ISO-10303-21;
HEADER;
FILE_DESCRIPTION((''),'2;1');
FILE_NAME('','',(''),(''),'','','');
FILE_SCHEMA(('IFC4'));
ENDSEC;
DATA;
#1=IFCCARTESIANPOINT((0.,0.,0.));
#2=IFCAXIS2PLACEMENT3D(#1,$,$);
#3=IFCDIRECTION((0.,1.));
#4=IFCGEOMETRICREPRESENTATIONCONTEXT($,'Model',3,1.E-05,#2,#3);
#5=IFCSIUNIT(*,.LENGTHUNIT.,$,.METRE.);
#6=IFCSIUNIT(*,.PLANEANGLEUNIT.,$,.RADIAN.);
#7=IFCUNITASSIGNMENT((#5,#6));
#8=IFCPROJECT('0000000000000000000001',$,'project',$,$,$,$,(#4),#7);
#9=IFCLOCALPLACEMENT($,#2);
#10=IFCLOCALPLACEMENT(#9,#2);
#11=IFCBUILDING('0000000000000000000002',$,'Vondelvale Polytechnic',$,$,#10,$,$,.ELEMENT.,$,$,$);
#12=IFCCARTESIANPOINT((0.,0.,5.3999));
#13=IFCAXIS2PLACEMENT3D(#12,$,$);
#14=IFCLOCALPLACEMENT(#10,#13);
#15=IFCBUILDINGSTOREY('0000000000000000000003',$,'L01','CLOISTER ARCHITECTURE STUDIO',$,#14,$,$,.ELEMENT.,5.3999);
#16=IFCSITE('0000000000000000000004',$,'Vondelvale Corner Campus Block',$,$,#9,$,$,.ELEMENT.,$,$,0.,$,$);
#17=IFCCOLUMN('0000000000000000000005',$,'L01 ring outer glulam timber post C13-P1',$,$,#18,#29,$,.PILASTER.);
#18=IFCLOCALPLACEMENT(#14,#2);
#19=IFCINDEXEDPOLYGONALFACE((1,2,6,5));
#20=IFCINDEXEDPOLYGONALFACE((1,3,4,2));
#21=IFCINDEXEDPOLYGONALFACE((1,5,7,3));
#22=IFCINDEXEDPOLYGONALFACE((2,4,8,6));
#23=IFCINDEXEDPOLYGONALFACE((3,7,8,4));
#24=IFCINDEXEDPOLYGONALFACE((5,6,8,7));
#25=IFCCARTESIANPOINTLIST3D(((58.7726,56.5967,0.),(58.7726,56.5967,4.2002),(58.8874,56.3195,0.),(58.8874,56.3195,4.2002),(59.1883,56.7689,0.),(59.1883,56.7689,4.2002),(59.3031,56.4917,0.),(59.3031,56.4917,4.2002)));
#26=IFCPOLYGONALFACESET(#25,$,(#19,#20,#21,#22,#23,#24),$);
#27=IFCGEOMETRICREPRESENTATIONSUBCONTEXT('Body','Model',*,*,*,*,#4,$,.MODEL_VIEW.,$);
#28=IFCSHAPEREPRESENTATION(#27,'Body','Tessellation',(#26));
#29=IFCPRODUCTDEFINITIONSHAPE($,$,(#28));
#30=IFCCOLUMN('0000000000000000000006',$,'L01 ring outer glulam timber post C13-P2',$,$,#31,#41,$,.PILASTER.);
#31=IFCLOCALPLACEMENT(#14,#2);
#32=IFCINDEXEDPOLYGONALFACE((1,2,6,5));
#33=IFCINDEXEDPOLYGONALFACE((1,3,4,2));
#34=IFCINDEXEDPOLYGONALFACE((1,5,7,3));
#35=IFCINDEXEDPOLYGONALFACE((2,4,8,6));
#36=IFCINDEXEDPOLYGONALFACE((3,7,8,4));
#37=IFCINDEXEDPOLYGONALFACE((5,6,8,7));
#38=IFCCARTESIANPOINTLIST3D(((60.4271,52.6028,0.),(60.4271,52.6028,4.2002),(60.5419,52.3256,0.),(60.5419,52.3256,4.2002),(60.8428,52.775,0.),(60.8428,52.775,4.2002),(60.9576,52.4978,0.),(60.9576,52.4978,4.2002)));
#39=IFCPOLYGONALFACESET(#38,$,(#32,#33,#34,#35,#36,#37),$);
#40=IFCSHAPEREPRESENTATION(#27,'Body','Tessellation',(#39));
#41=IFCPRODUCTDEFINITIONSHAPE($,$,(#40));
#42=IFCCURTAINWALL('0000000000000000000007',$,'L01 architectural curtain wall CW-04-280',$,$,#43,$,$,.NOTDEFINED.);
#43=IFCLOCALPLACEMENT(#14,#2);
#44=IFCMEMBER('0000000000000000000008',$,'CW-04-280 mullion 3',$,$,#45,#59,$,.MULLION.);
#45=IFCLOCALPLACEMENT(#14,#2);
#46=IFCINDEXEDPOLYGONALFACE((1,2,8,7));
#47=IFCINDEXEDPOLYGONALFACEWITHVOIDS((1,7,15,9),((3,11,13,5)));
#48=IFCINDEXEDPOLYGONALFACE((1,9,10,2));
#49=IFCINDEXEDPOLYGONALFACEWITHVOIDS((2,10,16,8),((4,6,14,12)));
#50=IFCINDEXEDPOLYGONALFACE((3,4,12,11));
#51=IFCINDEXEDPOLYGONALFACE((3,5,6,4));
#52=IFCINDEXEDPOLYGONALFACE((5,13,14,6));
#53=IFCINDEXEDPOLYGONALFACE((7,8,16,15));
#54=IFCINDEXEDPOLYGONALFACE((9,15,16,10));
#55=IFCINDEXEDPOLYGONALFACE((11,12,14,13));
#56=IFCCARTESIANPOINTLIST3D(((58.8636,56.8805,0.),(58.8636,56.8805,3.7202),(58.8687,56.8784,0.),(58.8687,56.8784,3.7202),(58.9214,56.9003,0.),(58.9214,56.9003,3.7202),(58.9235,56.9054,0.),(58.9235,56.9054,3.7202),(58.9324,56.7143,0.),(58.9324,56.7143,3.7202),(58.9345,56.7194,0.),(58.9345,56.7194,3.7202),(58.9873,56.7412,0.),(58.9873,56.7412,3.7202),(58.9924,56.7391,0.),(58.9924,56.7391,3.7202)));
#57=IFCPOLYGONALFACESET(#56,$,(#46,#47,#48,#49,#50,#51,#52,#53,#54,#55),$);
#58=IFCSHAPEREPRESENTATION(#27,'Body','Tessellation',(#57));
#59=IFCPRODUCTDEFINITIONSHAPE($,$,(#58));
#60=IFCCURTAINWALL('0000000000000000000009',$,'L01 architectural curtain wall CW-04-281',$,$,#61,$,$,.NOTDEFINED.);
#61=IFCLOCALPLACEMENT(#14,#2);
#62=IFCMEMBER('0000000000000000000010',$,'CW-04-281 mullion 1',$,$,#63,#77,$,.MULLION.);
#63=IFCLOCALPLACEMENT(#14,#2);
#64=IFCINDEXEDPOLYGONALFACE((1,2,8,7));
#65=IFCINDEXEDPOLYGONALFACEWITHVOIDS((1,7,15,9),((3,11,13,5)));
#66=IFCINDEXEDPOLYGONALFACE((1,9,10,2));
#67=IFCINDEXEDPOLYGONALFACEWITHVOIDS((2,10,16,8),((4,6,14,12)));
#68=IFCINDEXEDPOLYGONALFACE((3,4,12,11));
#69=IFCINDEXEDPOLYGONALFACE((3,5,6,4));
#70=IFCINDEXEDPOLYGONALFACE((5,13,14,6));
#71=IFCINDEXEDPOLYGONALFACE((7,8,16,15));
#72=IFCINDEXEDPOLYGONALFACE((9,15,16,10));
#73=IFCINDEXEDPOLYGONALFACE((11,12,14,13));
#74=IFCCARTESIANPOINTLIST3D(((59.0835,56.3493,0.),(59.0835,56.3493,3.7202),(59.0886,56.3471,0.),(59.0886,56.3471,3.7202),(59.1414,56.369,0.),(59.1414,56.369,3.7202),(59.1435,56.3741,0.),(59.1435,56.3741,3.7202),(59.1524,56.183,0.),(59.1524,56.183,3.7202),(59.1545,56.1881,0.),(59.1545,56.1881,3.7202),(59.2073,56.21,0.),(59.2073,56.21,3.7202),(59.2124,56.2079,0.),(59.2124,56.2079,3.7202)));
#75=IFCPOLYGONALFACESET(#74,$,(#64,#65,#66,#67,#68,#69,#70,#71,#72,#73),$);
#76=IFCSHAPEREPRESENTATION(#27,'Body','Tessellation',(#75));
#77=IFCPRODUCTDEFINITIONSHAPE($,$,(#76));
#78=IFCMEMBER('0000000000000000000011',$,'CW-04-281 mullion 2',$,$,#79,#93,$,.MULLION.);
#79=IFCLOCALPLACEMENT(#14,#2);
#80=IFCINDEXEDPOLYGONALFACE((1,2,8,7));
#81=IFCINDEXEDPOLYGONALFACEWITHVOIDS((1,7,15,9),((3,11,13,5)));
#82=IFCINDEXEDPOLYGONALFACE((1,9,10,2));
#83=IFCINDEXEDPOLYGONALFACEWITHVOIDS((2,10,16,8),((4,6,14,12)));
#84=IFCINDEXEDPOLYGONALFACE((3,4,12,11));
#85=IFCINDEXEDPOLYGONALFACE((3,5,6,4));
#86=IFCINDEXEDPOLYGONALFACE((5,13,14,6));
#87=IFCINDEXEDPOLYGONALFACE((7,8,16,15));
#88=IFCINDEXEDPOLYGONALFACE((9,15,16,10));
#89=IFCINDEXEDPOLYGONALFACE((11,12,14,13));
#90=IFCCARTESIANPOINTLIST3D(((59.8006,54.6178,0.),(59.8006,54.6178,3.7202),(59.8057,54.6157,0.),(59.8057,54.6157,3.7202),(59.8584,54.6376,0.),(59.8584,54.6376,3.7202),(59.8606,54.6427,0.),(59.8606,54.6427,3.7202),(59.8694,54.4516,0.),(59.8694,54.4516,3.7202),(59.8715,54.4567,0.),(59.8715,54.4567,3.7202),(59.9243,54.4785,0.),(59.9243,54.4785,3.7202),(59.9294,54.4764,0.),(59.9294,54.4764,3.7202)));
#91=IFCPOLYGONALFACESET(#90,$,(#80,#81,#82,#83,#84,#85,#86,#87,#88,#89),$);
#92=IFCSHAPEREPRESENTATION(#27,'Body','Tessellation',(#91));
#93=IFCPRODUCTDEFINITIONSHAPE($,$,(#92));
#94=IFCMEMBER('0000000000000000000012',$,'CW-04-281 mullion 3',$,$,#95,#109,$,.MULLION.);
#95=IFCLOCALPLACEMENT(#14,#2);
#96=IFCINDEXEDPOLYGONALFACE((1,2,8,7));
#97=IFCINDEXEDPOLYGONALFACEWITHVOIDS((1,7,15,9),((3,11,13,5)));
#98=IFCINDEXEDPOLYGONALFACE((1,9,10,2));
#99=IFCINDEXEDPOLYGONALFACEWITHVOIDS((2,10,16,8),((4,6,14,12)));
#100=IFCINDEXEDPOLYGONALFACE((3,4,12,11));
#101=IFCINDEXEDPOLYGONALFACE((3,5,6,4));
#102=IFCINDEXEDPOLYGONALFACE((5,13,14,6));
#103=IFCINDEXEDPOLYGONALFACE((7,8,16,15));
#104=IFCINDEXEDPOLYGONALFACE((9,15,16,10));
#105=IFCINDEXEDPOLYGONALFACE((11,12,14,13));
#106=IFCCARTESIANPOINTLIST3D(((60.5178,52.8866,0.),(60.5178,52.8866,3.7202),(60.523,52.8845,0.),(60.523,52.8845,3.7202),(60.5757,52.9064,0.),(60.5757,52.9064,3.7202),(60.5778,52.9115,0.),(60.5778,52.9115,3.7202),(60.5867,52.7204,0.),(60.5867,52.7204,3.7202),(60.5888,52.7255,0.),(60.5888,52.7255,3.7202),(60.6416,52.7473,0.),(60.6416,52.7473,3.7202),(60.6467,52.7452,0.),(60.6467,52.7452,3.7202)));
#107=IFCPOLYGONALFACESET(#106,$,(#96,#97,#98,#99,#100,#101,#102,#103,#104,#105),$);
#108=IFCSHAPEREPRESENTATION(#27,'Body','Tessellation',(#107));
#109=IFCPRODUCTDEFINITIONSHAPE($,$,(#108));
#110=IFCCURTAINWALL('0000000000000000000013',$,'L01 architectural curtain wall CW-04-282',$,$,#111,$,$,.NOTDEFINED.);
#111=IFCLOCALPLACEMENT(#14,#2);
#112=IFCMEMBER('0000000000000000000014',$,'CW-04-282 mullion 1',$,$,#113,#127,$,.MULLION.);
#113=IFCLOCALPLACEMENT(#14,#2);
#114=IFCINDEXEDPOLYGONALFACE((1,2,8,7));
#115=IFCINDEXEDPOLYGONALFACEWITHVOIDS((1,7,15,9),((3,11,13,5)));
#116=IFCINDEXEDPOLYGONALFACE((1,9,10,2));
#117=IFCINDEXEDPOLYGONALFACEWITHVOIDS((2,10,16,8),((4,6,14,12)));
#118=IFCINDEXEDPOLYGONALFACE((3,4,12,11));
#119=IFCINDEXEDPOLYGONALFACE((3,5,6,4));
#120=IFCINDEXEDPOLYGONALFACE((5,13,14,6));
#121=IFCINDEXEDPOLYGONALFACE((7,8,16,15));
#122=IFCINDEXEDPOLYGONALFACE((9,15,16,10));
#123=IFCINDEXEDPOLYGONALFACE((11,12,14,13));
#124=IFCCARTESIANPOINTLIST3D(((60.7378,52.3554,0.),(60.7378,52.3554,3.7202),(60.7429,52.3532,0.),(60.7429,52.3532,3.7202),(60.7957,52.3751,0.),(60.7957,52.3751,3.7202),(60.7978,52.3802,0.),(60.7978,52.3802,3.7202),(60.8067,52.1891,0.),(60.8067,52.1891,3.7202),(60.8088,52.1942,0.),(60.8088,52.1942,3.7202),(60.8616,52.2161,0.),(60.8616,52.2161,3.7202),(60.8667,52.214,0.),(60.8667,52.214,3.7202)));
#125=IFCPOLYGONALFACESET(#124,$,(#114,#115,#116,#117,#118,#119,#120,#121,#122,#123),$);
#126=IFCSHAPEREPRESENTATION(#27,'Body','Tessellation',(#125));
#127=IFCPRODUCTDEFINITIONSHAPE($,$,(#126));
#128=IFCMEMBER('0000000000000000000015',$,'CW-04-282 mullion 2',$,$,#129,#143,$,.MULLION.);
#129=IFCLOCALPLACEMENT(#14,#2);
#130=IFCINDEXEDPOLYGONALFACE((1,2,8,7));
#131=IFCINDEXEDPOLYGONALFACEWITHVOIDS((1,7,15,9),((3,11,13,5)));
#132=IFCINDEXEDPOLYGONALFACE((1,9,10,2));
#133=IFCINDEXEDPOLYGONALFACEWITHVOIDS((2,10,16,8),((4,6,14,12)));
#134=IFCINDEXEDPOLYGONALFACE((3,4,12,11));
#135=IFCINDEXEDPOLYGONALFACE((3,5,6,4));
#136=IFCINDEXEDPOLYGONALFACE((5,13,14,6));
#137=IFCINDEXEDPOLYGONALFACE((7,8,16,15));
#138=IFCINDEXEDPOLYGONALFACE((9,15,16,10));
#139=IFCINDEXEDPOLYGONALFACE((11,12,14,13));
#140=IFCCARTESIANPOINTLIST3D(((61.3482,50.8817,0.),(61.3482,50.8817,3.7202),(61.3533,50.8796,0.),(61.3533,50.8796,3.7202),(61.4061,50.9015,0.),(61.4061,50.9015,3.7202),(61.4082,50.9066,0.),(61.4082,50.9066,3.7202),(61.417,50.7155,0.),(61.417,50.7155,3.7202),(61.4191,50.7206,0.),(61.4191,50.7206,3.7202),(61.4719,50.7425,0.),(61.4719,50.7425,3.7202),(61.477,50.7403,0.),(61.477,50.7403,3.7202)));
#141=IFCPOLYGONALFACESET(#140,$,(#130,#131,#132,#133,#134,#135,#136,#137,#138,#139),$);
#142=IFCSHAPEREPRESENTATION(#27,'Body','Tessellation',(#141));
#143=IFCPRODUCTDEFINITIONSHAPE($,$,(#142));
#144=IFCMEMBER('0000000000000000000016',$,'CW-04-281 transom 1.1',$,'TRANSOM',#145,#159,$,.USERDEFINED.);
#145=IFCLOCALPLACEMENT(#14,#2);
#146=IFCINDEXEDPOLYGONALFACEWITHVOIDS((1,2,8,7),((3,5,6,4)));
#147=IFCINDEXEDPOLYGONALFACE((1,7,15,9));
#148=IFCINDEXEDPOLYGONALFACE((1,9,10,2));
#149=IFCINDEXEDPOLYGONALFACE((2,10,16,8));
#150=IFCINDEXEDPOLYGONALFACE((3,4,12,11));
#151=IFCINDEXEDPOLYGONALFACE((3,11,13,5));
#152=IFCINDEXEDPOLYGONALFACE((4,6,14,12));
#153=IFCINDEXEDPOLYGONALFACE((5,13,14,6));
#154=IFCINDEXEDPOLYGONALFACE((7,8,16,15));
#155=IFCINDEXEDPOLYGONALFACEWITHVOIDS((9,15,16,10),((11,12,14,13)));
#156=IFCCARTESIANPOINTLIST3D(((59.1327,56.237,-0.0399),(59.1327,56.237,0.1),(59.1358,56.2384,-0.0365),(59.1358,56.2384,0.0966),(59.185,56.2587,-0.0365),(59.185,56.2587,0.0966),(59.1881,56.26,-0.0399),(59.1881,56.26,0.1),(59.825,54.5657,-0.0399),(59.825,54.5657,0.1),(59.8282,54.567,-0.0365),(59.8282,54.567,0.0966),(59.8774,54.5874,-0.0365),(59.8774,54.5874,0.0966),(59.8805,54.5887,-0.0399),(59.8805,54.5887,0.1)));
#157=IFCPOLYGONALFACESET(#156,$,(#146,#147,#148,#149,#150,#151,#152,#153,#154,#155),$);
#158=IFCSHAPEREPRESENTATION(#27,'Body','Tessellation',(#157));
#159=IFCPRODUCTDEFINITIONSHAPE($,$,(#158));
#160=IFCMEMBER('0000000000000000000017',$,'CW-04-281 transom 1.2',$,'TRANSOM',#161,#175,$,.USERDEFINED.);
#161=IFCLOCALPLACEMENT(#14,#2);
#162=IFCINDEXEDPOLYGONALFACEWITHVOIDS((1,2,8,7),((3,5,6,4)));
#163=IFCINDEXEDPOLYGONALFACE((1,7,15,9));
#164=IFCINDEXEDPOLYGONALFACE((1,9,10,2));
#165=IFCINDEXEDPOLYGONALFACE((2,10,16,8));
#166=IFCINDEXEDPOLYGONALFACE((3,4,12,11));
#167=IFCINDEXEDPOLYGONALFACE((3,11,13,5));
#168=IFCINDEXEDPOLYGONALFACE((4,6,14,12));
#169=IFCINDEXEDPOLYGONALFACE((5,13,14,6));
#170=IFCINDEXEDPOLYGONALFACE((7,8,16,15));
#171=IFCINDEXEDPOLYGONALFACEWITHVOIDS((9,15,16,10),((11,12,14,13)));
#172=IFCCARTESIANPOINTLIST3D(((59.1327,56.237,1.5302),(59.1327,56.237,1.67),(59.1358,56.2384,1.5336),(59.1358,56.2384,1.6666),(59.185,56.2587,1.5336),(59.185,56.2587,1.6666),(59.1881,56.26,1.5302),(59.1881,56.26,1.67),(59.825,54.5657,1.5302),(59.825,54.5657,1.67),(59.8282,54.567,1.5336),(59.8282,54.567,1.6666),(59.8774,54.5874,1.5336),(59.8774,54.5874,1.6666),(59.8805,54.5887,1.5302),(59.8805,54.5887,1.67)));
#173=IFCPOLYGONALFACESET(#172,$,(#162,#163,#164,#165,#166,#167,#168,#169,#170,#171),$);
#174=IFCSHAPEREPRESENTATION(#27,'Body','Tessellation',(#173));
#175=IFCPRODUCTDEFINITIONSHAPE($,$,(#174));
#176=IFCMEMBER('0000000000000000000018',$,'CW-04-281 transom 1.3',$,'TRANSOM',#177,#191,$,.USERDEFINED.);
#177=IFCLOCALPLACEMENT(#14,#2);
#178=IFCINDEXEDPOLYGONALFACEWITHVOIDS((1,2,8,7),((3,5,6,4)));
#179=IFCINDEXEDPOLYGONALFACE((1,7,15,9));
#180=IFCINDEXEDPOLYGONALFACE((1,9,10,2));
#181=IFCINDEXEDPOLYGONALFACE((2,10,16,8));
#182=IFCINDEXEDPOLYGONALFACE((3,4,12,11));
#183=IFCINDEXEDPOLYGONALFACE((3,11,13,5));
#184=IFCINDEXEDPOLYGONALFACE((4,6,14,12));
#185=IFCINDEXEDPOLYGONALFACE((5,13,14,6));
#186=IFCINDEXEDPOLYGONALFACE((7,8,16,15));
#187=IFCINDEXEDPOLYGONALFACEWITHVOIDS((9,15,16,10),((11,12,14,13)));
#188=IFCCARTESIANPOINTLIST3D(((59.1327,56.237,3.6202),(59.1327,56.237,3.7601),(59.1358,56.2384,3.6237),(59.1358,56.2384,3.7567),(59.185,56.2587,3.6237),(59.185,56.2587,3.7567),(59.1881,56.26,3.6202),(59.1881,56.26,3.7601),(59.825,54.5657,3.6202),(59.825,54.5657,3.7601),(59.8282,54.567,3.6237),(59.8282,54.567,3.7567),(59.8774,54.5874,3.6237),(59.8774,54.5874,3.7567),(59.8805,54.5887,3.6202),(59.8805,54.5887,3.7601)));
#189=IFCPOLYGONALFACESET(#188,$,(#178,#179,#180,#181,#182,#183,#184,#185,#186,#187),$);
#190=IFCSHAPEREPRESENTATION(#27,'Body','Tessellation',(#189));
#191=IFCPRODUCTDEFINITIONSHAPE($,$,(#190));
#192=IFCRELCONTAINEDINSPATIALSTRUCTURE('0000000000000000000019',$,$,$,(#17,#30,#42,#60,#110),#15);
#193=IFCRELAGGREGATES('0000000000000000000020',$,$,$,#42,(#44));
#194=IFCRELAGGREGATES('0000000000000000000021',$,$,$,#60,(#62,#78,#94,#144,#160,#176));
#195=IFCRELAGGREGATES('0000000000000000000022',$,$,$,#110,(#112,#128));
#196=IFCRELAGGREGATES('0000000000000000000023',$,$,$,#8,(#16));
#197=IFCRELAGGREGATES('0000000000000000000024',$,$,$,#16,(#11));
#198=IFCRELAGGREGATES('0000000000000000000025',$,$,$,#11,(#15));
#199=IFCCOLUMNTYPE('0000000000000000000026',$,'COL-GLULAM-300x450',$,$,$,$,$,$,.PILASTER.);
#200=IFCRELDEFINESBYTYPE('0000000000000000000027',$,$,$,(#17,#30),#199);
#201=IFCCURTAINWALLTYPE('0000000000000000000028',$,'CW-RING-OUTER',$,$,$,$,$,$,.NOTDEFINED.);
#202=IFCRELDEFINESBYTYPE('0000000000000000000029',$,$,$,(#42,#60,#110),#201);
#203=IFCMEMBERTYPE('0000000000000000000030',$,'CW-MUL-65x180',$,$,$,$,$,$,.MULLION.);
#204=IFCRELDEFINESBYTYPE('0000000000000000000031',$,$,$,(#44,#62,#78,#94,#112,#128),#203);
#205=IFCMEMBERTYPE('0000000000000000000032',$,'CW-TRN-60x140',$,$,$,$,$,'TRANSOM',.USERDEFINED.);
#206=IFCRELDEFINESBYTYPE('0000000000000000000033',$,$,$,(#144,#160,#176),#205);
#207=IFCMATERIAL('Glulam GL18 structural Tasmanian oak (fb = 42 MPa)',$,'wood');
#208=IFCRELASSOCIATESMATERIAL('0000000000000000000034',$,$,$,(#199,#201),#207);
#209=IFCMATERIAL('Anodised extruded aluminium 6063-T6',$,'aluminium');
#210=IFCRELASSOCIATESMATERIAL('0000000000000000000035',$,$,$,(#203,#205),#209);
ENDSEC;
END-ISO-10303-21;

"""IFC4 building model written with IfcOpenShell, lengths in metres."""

from ifc_helpers import new_model, si_unit, direction, frame, origin, origin_2d, place, context, subcontext, project, spatial, rectangle, hollow_rectangle, extrude, material, material_profile, profile_set, type_object, element, aggregate, save


model = new_model("IFC4")

# Units and contexts
model_context = context("Model", 3, precision=1e-05, world=origin(), true_north=direction((0.0, 1.0)))
body_context = subcontext(model_context, "Body", "Model", "MODEL_VIEW")
ifc_project = project(units=[si_unit("LENGTHUNIT", "METRE"), si_unit("PLANEANGLEUNIT", "RADIAN")], contexts=[model_context])

# Site, building, storey
site_placement = place(None, origin())
site = spatial("IfcSite", under=ifc_project, at=site_placement, Name="Vondelvale Corner Campus Block", CompositionType="ELEMENT", RefElevation=0.0)
building_placement = place(site_placement, origin())
building = spatial("IfcBuilding", under=site, at=building_placement, Name="Vondelvale Polytechnic", CompositionType="ELEMENT")
storey_placement = place(building_placement, frame((0.0, 0.0, 5.3999)))
storey = spatial("IfcBuildingStorey", under=building, at=storey_placement, Name="L01", Description="CLOISTER ARCHITECTURE STUDIO", CompositionType="ELEMENT", Elevation=5.3999)

# Columns
ifc_material_1 = material(Name="Glulam GL18 structural Tasmanian oak (fb = 42 MPa)", Category="wood")
ifc_material_profile_1 = material_profile(ifc_material_1, rectangle(XDim=0.3, YDim=0.45, at=origin_2d()), Name="GL-POST-300x450")
ifc_profile_set_1 = profile_set([ifc_material_profile_1], Name="Glulam GL18 structural Tasmanian oak (fb = 42 MPa)")
column_type = type_object("IfcColumnType", Name="COL-GLULAM-300x450", PredefinedType="PILASTER", material=ifc_profile_set_1)
for number, where, z_axis, x_axis, name in (
    (1, (59.0378, 56.5442, 0.0), (0.0, 0.0, 1.0), (-0.382683, 0.92388, 0.0), "L01 ring outer glulam timber post C13-P1"),
    (2, (60.6924, 52.5503, 0.0), (0.0, 0.0, 1.0), (-0.382683, 0.92388, 0.0), "L01 ring outer glulam timber post C13-P2"),
):
    element("IfcColumn", number, at=place(storey_placement, frame(where, z_axis=z_axis, x_axis=x_axis)), inside=storey, type_object=column_type, Name=name, PredefinedType="PILASTER", context=body_context, shape_type="SweptSolid", body=[
        extrude(rectangle(XDim=0.3, YDim=0.45, at=origin_2d()), origin(), (0.0, 0.0, 1.0), 4.2002),
    ])

# Curtain wall, member
curtain_wall_type = type_object("IfcCurtainWallType", Name="CW-RING-OUTER", PredefinedType="NOTDEFINED", material=ifc_material_1)
curtain_wall_1_placement = place(storey_placement, origin())
curtain_wall_1 = element("IfcCurtainWall", 3, at=curtain_wall_1_placement, inside=storey, type_object=curtain_wall_type, Name="L01 architectural curtain wall CW-04-280", PredefinedType="NOTDEFINED")
ifc_material_2 = material(Name="Anodised extruded aluminium 6063-T6", Category="aluminium")
ifc_material_profile_2 = material_profile(ifc_material_2, hollow_rectangle(XDim=0.0649, YDim=0.1799, WallThickness=0.0039, at=origin_2d()), Name="CW-MUL-180x65")
ifc_profile_set_2 = profile_set([ifc_material_profile_2], Name="Anodised extruded aluminium 6063-T6")
member_type_1 = type_object("IfcMemberType", Name="CW-MUL-65x180", PredefinedType="MULLION", material=ifc_profile_set_2)
member_1_placement = place(storey_placement, frame((58.928, 56.8098, 0.0), z_axis=(0.0, 0.0, 1.0), x_axis=(0.923882, 0.382677, 0.0)))
member_1 = element("IfcMember", 4, at=member_1_placement, type_object=member_type_1, Name="CW-04-280 mullion 3", PredefinedType="MULLION", context=body_context, shape_type="SweptSolid", body=[
    extrude(hollow_rectangle(XDim=0.0649, YDim=0.1799, WallThickness=0.0039, at=origin_2d()), origin(), (0.0, 0.0, 1.0), 3.7202),
])

# Curtain walls, members
curtain_wall_2_placement = place(storey_placement, origin())
curtain_wall_2 = element("IfcCurtainWall", 5, at=curtain_wall_2_placement, inside=storey, type_object=curtain_wall_type, Name="L01 architectural curtain wall CW-04-281", PredefinedType="NOTDEFINED")
member_2_placement = place(storey_placement, frame((59.1479, 56.2786, 0.0), z_axis=(0.0, 0.0, 1.0), x_axis=(0.923875, 0.382695, 0.0)))
member_2 = element("IfcMember", 6, at=member_2_placement, type_object=member_type_1, Name="CW-04-281 mullion 1", PredefinedType="MULLION", context=body_context, shape_type="SweptSolid", body=[
    extrude(hollow_rectangle(XDim=0.0649, YDim=0.1799, WallThickness=0.0039, at=origin_2d()), origin(), (0.0, 0.0, 1.0), 3.7202),
])
member_3_placement = place(storey_placement, frame((59.865, 54.5471, 0.0), z_axis=(0.0, 0.0, 1.0), x_axis=(0.923875, 0.382695, 0.0)))
member_3 = element("IfcMember", 7, at=member_3_placement, type_object=member_type_1, Name="CW-04-281 mullion 2", PredefinedType="MULLION", context=body_context, shape_type="SweptSolid", body=[
    extrude(hollow_rectangle(XDim=0.0649, YDim=0.1799, WallThickness=0.0039, at=origin_2d()), origin(), (0.0, 0.0, 1.0), 3.7202),
])
member_4_placement = place(storey_placement, frame((60.5823, 52.8159, 0.0), z_axis=(0.0, 0.0, 1.0), x_axis=(0.923875, 0.382695, 0.0)))
member_4 = element("IfcMember", 8, at=member_4_placement, type_object=member_type_1, Name="CW-04-281 mullion 3", PredefinedType="MULLION", context=body_context, shape_type="SweptSolid", body=[
    extrude(hollow_rectangle(XDim=0.0649, YDim=0.1799, WallThickness=0.0039, at=origin_2d()), origin(), (0.0, 0.0, 1.0), 3.7202),
])
curtain_wall_3_placement = place(storey_placement, origin())
curtain_wall_3 = element("IfcCurtainWall", 9, at=curtain_wall_3_placement, inside=storey, type_object=curtain_wall_type, Name="L01 architectural curtain wall CW-04-282", PredefinedType="NOTDEFINED")
member_5_placement = place(storey_placement, frame((60.8022, 52.2847, 0.0), z_axis=(0.0, 0.0, 1.0), x_axis=(0.923882, 0.382677, 0.0)))
member_5 = element("IfcMember", 10, at=member_5_placement, type_object=member_type_1, Name="CW-04-282 mullion 1", PredefinedType="MULLION", context=body_context, shape_type="SweptSolid", body=[
    extrude(hollow_rectangle(XDim=0.0649, YDim=0.1799, WallThickness=0.0039, at=origin_2d()), origin(), (0.0, 0.0, 1.0), 3.7202),
])
member_6_placement = place(storey_placement, frame((61.4126, 50.811, 0.0), z_axis=(0.0, 0.0, 1.0), x_axis=(0.923882, 0.382677, 0.0)))
member_6 = element("IfcMember", 11, at=member_6_placement, type_object=member_type_1, Name="CW-04-282 mullion 2", PredefinedType="MULLION", context=body_context, shape_type="SweptSolid", body=[
    extrude(hollow_rectangle(XDim=0.0649, YDim=0.1799, WallThickness=0.0039, at=origin_2d()), origin(), (0.0, 0.0, 1.0), 3.7202),
])

# Members
ifc_material_profile_3 = material_profile(ifc_material_2, hollow_rectangle(XDim=0.0601, YDim=0.1399, WallThickness=0.0034, at=origin_2d()), Name="CW-TRN-140x60")
ifc_profile_set_3 = profile_set([ifc_material_profile_3], Name="Anodised extruded aluminium 6063-T6")
member_type_2 = type_object("IfcMemberType", Name="CW-TRN-60x140", ElementType="TRANSOM", PredefinedType="USERDEFINED", material=ifc_profile_set_3)
member_7_placement = place(storey_placement, frame((59.1604, 56.2485, 0.03), z_axis=(0.382717, -0.923866, 0.0), x_axis=(0.923866, 0.382717, 0.0)))
member_7 = element("IfcMember", 12, at=member_7_placement, type_object=member_type_2, Name="CW-04-281 transom 1.1", ObjectType="TRANSOM", PredefinedType="USERDEFINED", context=body_context, shape_type="SweptSolid", body=[
    extrude(hollow_rectangle(XDim=0.0601, YDim=0.1399, WallThickness=0.0034, at=origin_2d()), origin(), (0.0, 0.0, 1.0), 1.8091),
])
member_8_placement = place(storey_placement, frame((59.1604, 56.2485, 1.6001), z_axis=(0.382717, -0.923866, 0.0), x_axis=(0.923866, 0.382717, 0.0)))
member_8 = element("IfcMember", 13, at=member_8_placement, type_object=member_type_2, Name="CW-04-281 transom 1.2", ObjectType="TRANSOM", PredefinedType="USERDEFINED", context=body_context, shape_type="SweptSolid", body=[
    extrude(hollow_rectangle(XDim=0.0601, YDim=0.1399, WallThickness=0.0034, at=origin_2d()), origin(), (0.0, 0.0, 1.0), 1.8091),
])
member_9_placement = place(storey_placement, frame((59.1604, 56.2485, 3.6902), z_axis=(0.382717, -0.923866, 0.0), x_axis=(0.923866, 0.382717, 0.0)))
member_9 = element("IfcMember", 14, at=member_9_placement, type_object=member_type_2, Name="CW-04-281 transom 1.3", ObjectType="TRANSOM", PredefinedType="USERDEFINED", context=body_context, shape_type="SweptSolid", body=[
    extrude(hollow_rectangle(XDim=0.0601, YDim=0.1399, WallThickness=0.0034, at=origin_2d()), origin(), (0.0, 0.0, 1.0), 1.8091),
])

aggregate(curtain_wall_1, [member_1])
aggregate(curtain_wall_2, [member_2, member_3, member_4, member_7, member_8, member_9])
aggregate(curtain_wall_3, [member_5, member_6])

save(model, "model.ifc")
